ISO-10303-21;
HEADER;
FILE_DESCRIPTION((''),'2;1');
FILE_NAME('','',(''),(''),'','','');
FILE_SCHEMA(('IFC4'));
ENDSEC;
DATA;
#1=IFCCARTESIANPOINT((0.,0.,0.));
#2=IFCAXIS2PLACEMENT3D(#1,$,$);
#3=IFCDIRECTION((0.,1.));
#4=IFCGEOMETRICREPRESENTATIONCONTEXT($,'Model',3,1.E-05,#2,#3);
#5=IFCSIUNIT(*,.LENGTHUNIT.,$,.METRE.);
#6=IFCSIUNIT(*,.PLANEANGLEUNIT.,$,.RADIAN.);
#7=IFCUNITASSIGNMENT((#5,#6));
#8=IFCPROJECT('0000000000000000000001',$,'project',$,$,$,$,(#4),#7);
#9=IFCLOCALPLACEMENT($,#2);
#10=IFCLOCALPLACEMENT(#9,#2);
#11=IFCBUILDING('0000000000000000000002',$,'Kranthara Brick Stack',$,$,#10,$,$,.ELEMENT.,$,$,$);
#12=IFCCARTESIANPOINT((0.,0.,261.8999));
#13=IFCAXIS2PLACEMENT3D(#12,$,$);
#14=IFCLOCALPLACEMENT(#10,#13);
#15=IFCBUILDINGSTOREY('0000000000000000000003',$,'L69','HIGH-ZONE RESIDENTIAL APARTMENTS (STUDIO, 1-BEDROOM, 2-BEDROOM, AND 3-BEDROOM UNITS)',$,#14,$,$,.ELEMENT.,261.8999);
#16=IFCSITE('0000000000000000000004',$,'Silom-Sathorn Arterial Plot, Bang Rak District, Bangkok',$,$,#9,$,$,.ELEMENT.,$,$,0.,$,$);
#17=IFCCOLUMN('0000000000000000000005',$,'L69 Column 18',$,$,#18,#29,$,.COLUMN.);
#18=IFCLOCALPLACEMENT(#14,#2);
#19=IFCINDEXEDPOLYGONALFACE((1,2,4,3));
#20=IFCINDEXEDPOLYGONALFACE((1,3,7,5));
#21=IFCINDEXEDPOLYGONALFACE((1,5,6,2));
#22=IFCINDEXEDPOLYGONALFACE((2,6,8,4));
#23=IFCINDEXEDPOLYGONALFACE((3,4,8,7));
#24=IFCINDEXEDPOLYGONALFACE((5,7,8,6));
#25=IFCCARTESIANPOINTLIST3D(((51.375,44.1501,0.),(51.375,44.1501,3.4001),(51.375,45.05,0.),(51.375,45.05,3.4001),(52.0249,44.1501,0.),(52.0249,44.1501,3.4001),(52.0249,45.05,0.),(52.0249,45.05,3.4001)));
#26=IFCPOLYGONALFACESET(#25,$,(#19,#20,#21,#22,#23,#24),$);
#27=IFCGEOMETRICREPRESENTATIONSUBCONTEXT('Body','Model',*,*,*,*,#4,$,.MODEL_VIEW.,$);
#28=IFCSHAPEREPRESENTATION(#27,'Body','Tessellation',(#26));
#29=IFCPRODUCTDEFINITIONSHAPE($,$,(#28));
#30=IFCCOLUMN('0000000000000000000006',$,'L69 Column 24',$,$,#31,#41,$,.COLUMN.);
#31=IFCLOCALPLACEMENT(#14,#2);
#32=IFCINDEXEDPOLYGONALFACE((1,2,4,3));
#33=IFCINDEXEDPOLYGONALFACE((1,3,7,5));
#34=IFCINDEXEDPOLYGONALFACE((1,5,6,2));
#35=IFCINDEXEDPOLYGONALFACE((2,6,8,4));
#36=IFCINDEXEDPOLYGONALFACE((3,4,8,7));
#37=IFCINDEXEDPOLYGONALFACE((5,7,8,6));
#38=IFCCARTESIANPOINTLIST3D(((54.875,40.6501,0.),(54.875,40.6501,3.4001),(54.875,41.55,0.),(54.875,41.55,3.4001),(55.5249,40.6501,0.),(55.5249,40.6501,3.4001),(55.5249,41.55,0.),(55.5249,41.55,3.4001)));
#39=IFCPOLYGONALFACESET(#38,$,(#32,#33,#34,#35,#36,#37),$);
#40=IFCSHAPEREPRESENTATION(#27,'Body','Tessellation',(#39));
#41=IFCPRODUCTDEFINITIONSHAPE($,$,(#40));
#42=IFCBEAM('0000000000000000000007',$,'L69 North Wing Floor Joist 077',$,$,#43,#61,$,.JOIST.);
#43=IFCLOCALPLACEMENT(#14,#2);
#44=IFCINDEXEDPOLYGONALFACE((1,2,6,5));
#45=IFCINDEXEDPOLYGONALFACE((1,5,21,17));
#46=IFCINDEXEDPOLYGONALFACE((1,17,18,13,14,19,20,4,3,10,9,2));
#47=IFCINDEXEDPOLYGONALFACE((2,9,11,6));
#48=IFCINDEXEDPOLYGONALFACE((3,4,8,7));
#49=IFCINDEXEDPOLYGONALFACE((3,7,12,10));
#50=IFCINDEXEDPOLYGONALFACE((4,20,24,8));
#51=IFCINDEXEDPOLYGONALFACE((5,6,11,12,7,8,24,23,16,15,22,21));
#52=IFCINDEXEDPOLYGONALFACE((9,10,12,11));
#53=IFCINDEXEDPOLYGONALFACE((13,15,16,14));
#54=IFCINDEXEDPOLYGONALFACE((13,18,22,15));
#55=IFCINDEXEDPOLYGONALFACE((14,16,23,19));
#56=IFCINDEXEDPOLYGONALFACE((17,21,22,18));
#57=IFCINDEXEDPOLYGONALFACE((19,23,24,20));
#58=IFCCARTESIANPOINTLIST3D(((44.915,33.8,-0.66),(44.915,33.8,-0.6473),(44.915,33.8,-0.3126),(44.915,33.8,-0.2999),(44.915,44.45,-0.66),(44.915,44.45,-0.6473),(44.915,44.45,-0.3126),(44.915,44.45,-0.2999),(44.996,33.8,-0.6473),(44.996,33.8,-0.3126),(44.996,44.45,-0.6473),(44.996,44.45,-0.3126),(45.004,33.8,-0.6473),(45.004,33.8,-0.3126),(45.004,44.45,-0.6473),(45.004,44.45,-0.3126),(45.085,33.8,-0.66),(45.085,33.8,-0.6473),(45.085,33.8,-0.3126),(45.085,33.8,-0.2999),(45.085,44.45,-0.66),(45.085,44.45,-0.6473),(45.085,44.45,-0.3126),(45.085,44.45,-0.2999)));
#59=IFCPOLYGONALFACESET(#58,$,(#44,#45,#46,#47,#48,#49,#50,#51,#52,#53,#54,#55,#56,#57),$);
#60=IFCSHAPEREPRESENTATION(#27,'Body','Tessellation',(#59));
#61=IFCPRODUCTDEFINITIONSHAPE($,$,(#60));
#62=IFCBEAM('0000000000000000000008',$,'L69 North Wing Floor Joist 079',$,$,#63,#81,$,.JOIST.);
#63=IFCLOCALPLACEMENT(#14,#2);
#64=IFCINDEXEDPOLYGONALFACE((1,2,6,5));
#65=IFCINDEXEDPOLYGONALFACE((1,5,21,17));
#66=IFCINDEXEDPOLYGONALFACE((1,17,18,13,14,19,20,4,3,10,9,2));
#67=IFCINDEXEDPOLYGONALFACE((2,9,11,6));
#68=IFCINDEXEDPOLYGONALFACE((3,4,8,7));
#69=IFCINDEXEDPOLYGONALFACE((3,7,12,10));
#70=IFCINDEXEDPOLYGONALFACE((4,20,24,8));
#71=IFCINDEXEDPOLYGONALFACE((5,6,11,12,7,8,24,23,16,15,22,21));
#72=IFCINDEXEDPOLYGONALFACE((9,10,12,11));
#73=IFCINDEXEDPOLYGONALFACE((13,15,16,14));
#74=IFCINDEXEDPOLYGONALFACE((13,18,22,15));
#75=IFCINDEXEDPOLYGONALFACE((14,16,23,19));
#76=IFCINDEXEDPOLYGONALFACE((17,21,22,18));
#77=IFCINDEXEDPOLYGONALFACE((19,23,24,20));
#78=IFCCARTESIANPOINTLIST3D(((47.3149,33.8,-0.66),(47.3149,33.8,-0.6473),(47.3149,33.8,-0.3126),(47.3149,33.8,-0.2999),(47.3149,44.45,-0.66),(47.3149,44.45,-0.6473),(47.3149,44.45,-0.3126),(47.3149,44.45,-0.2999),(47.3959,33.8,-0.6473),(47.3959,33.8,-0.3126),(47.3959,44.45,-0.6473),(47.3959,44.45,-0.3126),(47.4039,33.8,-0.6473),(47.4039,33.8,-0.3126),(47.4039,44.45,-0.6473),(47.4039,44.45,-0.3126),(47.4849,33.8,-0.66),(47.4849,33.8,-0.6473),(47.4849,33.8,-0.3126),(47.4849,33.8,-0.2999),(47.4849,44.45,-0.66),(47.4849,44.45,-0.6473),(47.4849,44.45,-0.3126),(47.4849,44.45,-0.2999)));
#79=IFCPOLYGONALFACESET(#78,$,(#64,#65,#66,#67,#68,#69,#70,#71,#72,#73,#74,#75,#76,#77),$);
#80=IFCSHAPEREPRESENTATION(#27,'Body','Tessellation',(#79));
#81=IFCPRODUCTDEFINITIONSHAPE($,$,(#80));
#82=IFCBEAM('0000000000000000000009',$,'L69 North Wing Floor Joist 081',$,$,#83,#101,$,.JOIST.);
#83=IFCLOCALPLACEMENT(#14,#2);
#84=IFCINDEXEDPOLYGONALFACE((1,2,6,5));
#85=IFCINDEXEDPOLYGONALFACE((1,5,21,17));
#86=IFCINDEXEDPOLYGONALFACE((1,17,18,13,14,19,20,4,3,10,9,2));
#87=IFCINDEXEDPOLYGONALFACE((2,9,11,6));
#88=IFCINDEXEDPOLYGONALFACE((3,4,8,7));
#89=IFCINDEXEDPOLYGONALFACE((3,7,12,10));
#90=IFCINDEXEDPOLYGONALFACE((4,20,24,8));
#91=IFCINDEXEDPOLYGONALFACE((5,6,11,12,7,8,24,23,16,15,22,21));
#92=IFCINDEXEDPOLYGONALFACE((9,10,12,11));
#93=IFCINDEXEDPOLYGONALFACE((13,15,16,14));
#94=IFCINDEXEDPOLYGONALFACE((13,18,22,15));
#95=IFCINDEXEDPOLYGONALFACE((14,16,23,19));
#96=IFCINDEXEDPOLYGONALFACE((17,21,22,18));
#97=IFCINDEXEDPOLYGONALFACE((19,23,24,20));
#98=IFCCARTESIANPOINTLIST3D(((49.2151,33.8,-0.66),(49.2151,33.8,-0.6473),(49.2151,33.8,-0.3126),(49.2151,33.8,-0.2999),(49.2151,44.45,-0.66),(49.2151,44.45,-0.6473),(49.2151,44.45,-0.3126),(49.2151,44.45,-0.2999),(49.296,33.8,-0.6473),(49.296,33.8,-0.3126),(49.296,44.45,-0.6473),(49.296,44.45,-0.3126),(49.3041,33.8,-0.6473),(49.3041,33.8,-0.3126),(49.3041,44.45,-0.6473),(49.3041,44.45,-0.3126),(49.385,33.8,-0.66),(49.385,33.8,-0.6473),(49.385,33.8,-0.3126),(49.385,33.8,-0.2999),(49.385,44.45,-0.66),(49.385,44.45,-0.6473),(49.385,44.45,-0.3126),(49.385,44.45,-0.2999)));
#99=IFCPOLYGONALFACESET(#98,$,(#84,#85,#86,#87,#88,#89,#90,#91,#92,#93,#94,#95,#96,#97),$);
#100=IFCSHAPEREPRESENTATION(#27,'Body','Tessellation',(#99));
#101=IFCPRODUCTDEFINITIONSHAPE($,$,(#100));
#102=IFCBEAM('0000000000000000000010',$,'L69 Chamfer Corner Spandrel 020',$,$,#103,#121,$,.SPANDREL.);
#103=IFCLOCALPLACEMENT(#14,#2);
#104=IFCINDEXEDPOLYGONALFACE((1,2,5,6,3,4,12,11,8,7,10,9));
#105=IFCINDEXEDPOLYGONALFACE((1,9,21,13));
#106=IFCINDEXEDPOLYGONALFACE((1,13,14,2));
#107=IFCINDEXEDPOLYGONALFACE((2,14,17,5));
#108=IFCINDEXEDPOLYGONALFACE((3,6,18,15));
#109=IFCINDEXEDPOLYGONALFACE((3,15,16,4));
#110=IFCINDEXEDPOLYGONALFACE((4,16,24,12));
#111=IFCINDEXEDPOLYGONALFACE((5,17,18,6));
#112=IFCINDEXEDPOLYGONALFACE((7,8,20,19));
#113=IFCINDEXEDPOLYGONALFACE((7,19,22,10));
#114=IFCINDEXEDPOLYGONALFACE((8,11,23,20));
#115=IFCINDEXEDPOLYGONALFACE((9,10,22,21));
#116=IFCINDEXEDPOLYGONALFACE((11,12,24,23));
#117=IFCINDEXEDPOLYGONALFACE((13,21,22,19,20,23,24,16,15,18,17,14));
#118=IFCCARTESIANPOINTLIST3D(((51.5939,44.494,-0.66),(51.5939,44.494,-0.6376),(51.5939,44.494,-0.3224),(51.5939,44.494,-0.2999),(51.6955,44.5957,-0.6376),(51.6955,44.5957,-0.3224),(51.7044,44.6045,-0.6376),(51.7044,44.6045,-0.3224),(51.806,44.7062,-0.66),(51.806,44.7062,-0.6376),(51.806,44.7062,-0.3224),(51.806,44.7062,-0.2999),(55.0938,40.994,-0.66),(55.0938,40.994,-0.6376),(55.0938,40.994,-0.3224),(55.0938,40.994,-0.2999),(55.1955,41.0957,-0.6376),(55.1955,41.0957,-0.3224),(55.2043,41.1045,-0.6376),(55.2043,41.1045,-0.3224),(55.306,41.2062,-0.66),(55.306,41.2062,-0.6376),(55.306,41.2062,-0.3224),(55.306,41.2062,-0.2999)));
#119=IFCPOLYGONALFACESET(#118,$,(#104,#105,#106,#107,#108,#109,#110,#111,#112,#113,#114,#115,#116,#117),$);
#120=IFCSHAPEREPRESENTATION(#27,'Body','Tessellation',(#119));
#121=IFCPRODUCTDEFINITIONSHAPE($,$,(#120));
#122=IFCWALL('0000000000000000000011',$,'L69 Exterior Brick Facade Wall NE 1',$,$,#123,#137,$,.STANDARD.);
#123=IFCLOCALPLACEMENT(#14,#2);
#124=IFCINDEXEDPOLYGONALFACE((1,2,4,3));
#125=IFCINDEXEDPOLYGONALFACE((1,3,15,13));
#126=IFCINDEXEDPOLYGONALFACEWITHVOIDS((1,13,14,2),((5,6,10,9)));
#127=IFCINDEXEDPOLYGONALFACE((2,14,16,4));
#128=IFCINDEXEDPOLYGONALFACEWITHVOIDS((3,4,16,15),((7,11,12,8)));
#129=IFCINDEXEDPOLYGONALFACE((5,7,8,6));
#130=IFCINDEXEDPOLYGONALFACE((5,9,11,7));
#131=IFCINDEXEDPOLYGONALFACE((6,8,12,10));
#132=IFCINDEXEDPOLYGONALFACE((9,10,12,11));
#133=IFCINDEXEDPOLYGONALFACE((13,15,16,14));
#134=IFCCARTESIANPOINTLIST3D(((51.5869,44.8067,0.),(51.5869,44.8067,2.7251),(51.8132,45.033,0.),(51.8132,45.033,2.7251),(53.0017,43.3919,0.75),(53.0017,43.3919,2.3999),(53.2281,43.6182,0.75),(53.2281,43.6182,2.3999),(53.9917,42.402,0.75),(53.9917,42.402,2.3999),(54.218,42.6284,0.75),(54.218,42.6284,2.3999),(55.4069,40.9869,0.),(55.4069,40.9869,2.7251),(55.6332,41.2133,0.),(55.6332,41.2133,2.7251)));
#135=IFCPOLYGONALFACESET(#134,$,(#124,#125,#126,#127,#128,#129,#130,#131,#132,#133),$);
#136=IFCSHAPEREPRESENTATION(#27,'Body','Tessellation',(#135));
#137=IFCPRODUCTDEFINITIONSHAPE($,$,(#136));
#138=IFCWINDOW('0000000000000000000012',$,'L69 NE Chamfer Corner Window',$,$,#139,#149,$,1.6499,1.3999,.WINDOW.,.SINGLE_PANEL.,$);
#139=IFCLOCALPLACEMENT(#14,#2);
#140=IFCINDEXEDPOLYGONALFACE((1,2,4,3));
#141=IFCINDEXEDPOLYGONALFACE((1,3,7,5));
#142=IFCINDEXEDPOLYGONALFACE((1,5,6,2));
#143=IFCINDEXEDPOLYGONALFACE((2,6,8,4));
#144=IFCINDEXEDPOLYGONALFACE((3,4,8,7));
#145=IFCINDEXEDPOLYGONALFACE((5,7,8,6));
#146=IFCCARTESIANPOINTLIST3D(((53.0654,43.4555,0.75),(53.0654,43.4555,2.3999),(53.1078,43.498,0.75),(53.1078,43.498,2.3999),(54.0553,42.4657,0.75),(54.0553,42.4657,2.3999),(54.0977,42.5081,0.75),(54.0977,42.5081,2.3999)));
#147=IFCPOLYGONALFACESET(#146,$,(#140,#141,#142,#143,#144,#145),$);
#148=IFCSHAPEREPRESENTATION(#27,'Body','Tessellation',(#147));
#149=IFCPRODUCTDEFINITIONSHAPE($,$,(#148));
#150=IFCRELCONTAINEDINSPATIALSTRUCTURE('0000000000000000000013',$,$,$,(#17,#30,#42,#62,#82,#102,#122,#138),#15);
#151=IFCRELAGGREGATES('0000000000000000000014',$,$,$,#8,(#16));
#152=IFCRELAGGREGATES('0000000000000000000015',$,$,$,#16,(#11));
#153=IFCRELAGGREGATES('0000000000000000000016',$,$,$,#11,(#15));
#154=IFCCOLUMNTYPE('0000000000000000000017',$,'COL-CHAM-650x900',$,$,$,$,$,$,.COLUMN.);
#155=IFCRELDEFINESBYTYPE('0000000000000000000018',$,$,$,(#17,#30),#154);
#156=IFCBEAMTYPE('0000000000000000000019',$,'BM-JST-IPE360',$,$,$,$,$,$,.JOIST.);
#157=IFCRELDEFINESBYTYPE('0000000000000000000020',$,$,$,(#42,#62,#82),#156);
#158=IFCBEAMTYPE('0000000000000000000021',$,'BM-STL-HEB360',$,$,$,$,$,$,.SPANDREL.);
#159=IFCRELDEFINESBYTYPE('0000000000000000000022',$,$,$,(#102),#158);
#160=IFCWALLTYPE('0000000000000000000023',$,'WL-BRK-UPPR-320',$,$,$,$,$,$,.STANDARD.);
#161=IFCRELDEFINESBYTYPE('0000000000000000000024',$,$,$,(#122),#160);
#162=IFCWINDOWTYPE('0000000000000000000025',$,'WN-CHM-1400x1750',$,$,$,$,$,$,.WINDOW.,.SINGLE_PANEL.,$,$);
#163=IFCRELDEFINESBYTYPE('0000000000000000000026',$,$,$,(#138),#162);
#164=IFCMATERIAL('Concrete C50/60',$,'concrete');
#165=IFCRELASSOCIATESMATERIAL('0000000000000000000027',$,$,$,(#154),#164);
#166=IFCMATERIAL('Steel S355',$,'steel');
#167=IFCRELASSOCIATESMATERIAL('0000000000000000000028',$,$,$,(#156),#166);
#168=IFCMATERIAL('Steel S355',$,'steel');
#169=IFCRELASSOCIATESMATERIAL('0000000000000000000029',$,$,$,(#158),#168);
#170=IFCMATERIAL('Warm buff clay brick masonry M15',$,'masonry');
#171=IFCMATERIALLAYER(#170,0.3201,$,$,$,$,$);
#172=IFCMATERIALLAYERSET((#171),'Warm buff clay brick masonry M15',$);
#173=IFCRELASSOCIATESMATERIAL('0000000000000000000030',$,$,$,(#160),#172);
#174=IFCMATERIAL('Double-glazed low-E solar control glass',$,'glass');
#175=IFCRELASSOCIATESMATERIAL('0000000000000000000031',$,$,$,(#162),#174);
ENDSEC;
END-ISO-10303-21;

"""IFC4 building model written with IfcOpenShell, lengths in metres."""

from ifc_helpers import new_model, si_unit, direction, frame, frame_2d, origin, origin_2d, place, context, subcontext, project, spatial, rectangle, i_section, extrude, material, layer, layer_set, material_profile, profile_set, type_object, element, fill, save


model = new_model("IFC4")

# Units and contexts
model_context = context("Model", 3, precision=1e-05, world=origin(), true_north=direction((0.0, 1.0)))
body_context = subcontext(model_context, "Body", "Model", "MODEL_VIEW")
ifc_project = project(units=[si_unit("LENGTHUNIT", "METRE"), si_unit("PLANEANGLEUNIT", "RADIAN")], contexts=[model_context])

# Site, building, storey
site_placement = place(None, origin())
site = spatial("IfcSite", under=ifc_project, at=site_placement, Name="Silom-Sathorn Arterial Plot, Bang Rak District, Bangkok", CompositionType="ELEMENT", RefElevation=0.0)
building_placement = place(site_placement, origin())
building = spatial("IfcBuilding", under=site, at=building_placement, Name="Kranthara Brick Stack", CompositionType="ELEMENT")
storey_placement = place(building_placement, frame((0.0, 0.0, 261.8999)))
storey = spatial("IfcBuildingStorey", under=building, at=storey_placement, Name="L69", Description="HIGH-ZONE RESIDENTIAL APARTMENTS (STUDIO, 1-BEDROOM, 2-BEDROOM, AND 3-BEDROOM UNITS)", CompositionType="ELEMENT", Elevation=261.8999)

# Columns
ifc_material_1 = material(Name="Concrete C50/60", Category="concrete")
ifc_material_profile_1 = material_profile(ifc_material_1, rectangle(XDim=0.6499, YDim=0.8999, at=origin_2d()), Name="RC 650x900")
ifc_profile_set_1 = profile_set([ifc_material_profile_1], Name="Concrete C50/60")
column_type = type_object("IfcColumnType", Name="COL-CHAM-650x900", PredefinedType="COLUMN", material=ifc_profile_set_1)
for number, where, z_axis, x_axis, name in (
    (1, (51.7, 44.6001, 0.0), (0.0, 0.0, 1.0), (1.0, 0.0, 0.0), "L69 Column 18"),
    (2, (55.2, 41.1001, 0.0), (0.0, 0.0, 1.0), (1.0, 0.0, 0.0), "L69 Column 24"),
):
    element("IfcColumn", number, at=place(storey_placement, frame(where, z_axis=z_axis, x_axis=x_axis)), inside=storey, type_object=column_type, Name=name, PredefinedType="COLUMN", context=body_context, shape_type="SweptSolid", body=[
        extrude(rectangle(XDim=0.6499, YDim=0.8999, at=origin_2d()), origin(), (0.0, 0.0, 1.0), 3.4001),
    ])

# Beams
ifc_material_2 = material(Name="Steel S355", Category="steel")
ifc_material_profile_2 = material_profile(ifc_material_2, i_section(OverallWidth=0.1699, OverallDepth=0.3601, WebThickness=0.0081, FlangeThickness=0.0127, at=origin_2d()), Name="IPE 360")
ifc_profile_set_2 = profile_set([ifc_material_profile_2], Name="Steel S355")
beam_type_1 = type_object("IfcBeamType", Name="BM-JST-IPE360", PredefinedType="JOIST", material=ifc_profile_set_2)
for number, where, z_axis, x_axis, name in (
    (3, (45.0, 33.8, -0.48), (0.0, 1.0, 0.0), (-1.0, 0.0, 0.0), "L69 North Wing Floor Joist 077"),
    (4, (47.3999, 33.8, -0.48), (0.0, 1.0, 0.0), (-1.0, 0.0, 0.0), "L69 North Wing Floor Joist 079"),
    (5, (49.3, 33.8, -0.48), (0.0, 1.0, 0.0), (-1.0, 0.0, 0.0), "L69 North Wing Floor Joist 081"),
):
    element("IfcBeam", number, at=place(storey_placement, frame(where, z_axis=z_axis, x_axis=x_axis)), inside=storey, type_object=beam_type_1, Name=name, PredefinedType="JOIST", context=body_context, shape_type="SweptSolid", body=[
        extrude(i_section(OverallWidth=0.1699, OverallDepth=0.3601, WebThickness=0.0081, FlangeThickness=0.0127, at=origin_2d()), origin(), (0.0, 0.0, 1.0), 10.6499),
    ])
ifc_material_3 = material(Name="Steel S355", Category="steel")
ifc_material_profile_3 = material_profile(ifc_material_3, i_section(OverallWidth=0.3, OverallDepth=0.3601, WebThickness=0.0125, FlangeThickness=0.0225, at=origin_2d()), Name="HEB 360")
ifc_profile_set_3 = profile_set([ifc_material_profile_3], Name="Steel S355")
beam_type_2 = type_object("IfcBeamType", Name="BM-STL-HEB360", PredefinedType="SPANDREL", material=ifc_profile_set_3)
beam_placement = place(storey_placement, frame((51.7, 44.6001, -0.48), z_axis=(0.707107, -0.707107, 0.0), x_axis=(0.707107, 0.707107, 0.0)))
element("IfcBeam", 6, at=beam_placement, inside=storey, type_object=beam_type_2, Name="L69 Chamfer Corner Spandrel 020", PredefinedType="SPANDREL", context=body_context, shape_type="SweptSolid", body=[
    extrude(i_section(OverallWidth=0.3, OverallDepth=0.3601, WebThickness=0.0125, FlangeThickness=0.0225, at=origin_2d()), origin(), (0.0, 0.0, 1.0), 4.9497),
])

# Wall, opening, window
ifc_material_4 = material(Name="Warm buff clay brick masonry M15", Category="masonry")
ifc_layer_1 = layer(ifc_material_4, 0.3201)
ifc_layer_set_1 = layer_set([ifc_layer_1], Name="Warm buff clay brick masonry M15")
wall_type_1 = type_object("IfcWallType", Name="WL-BRK-UPPR-320", PredefinedType="STANDARD", material=ifc_layer_set_1)
wall_1_placement = place(storey_placement, frame((51.7, 44.9199, 0.0), z_axis=(0.0, 0.0, 1.0), x_axis=(0.707129, -0.707084, 0.0)))
wall_1 = element("IfcWall", 7, at=wall_1_placement, inside=storey, type_object=wall_type_1, Name="L69 Exterior Brick Facade Wall NE 1", PredefinedType="STANDARD", context=body_context, shape_type="SweptSolid", body=[
    extrude(rectangle(XDim=5.4021, YDim=0.3201, at=frame_2d((2.7012, 0.0))), origin(), (0.0, 0.0, 1.0), 2.7251),
])
opening_1_placement = place(wall_1_placement, frame((2.001, 0.0, 0.75)))
opening_1 = element("IfcOpeningElement", 8, at=opening_1_placement, cuts=wall_1, PredefinedType="OPENING", context=body_context, shape_type="SweptSolid", body=[
    extrude(rectangle(XDim=1.3999, YDim=1.6499, at=frame_2d((0.7, 0.825))), frame((0.0, 0.1699, 0.0), z_axis=(0.0, -1.0, 0.0), x_axis=(1.0, 0.0, 0.0)), (0.0, 0.0, 1.0), 0.3401),
])
ifc_material_5 = material(Name="Double-glazed low-E solar control glass", Category="glass")
window_type_1 = type_object("IfcWindowType", Name="WN-CHM-1400x1750", PartitioningType="SINGLE_PANEL", PredefinedType="WINDOW", material=ifc_material_5)
window_1_placement = place(opening_1_placement, origin())
window_1 = element("IfcWindow", 9, at=window_1_placement, inside=storey, type_object=window_type_1, Name="L69 NE Chamfer Corner Window", OverallHeight=1.6499, OverallWidth=1.3999, PartitioningType="SINGLE_PANEL", PredefinedType="WINDOW", context=body_context, shape_type="SweptSolid", body=[
    extrude(rectangle(XDim=1.3999, YDim=1.6499, at=frame_2d((0.7, 0.825))), frame((0.0, -0.01, 0.0), z_axis=(0.0, -1.0, 0.0), x_axis=(1.0, 0.0, 0.0)), (0.0, 0.0, 1.0), 0.0601),
])
fill(opening_1, window_1)

save(model, "model.ifc")
